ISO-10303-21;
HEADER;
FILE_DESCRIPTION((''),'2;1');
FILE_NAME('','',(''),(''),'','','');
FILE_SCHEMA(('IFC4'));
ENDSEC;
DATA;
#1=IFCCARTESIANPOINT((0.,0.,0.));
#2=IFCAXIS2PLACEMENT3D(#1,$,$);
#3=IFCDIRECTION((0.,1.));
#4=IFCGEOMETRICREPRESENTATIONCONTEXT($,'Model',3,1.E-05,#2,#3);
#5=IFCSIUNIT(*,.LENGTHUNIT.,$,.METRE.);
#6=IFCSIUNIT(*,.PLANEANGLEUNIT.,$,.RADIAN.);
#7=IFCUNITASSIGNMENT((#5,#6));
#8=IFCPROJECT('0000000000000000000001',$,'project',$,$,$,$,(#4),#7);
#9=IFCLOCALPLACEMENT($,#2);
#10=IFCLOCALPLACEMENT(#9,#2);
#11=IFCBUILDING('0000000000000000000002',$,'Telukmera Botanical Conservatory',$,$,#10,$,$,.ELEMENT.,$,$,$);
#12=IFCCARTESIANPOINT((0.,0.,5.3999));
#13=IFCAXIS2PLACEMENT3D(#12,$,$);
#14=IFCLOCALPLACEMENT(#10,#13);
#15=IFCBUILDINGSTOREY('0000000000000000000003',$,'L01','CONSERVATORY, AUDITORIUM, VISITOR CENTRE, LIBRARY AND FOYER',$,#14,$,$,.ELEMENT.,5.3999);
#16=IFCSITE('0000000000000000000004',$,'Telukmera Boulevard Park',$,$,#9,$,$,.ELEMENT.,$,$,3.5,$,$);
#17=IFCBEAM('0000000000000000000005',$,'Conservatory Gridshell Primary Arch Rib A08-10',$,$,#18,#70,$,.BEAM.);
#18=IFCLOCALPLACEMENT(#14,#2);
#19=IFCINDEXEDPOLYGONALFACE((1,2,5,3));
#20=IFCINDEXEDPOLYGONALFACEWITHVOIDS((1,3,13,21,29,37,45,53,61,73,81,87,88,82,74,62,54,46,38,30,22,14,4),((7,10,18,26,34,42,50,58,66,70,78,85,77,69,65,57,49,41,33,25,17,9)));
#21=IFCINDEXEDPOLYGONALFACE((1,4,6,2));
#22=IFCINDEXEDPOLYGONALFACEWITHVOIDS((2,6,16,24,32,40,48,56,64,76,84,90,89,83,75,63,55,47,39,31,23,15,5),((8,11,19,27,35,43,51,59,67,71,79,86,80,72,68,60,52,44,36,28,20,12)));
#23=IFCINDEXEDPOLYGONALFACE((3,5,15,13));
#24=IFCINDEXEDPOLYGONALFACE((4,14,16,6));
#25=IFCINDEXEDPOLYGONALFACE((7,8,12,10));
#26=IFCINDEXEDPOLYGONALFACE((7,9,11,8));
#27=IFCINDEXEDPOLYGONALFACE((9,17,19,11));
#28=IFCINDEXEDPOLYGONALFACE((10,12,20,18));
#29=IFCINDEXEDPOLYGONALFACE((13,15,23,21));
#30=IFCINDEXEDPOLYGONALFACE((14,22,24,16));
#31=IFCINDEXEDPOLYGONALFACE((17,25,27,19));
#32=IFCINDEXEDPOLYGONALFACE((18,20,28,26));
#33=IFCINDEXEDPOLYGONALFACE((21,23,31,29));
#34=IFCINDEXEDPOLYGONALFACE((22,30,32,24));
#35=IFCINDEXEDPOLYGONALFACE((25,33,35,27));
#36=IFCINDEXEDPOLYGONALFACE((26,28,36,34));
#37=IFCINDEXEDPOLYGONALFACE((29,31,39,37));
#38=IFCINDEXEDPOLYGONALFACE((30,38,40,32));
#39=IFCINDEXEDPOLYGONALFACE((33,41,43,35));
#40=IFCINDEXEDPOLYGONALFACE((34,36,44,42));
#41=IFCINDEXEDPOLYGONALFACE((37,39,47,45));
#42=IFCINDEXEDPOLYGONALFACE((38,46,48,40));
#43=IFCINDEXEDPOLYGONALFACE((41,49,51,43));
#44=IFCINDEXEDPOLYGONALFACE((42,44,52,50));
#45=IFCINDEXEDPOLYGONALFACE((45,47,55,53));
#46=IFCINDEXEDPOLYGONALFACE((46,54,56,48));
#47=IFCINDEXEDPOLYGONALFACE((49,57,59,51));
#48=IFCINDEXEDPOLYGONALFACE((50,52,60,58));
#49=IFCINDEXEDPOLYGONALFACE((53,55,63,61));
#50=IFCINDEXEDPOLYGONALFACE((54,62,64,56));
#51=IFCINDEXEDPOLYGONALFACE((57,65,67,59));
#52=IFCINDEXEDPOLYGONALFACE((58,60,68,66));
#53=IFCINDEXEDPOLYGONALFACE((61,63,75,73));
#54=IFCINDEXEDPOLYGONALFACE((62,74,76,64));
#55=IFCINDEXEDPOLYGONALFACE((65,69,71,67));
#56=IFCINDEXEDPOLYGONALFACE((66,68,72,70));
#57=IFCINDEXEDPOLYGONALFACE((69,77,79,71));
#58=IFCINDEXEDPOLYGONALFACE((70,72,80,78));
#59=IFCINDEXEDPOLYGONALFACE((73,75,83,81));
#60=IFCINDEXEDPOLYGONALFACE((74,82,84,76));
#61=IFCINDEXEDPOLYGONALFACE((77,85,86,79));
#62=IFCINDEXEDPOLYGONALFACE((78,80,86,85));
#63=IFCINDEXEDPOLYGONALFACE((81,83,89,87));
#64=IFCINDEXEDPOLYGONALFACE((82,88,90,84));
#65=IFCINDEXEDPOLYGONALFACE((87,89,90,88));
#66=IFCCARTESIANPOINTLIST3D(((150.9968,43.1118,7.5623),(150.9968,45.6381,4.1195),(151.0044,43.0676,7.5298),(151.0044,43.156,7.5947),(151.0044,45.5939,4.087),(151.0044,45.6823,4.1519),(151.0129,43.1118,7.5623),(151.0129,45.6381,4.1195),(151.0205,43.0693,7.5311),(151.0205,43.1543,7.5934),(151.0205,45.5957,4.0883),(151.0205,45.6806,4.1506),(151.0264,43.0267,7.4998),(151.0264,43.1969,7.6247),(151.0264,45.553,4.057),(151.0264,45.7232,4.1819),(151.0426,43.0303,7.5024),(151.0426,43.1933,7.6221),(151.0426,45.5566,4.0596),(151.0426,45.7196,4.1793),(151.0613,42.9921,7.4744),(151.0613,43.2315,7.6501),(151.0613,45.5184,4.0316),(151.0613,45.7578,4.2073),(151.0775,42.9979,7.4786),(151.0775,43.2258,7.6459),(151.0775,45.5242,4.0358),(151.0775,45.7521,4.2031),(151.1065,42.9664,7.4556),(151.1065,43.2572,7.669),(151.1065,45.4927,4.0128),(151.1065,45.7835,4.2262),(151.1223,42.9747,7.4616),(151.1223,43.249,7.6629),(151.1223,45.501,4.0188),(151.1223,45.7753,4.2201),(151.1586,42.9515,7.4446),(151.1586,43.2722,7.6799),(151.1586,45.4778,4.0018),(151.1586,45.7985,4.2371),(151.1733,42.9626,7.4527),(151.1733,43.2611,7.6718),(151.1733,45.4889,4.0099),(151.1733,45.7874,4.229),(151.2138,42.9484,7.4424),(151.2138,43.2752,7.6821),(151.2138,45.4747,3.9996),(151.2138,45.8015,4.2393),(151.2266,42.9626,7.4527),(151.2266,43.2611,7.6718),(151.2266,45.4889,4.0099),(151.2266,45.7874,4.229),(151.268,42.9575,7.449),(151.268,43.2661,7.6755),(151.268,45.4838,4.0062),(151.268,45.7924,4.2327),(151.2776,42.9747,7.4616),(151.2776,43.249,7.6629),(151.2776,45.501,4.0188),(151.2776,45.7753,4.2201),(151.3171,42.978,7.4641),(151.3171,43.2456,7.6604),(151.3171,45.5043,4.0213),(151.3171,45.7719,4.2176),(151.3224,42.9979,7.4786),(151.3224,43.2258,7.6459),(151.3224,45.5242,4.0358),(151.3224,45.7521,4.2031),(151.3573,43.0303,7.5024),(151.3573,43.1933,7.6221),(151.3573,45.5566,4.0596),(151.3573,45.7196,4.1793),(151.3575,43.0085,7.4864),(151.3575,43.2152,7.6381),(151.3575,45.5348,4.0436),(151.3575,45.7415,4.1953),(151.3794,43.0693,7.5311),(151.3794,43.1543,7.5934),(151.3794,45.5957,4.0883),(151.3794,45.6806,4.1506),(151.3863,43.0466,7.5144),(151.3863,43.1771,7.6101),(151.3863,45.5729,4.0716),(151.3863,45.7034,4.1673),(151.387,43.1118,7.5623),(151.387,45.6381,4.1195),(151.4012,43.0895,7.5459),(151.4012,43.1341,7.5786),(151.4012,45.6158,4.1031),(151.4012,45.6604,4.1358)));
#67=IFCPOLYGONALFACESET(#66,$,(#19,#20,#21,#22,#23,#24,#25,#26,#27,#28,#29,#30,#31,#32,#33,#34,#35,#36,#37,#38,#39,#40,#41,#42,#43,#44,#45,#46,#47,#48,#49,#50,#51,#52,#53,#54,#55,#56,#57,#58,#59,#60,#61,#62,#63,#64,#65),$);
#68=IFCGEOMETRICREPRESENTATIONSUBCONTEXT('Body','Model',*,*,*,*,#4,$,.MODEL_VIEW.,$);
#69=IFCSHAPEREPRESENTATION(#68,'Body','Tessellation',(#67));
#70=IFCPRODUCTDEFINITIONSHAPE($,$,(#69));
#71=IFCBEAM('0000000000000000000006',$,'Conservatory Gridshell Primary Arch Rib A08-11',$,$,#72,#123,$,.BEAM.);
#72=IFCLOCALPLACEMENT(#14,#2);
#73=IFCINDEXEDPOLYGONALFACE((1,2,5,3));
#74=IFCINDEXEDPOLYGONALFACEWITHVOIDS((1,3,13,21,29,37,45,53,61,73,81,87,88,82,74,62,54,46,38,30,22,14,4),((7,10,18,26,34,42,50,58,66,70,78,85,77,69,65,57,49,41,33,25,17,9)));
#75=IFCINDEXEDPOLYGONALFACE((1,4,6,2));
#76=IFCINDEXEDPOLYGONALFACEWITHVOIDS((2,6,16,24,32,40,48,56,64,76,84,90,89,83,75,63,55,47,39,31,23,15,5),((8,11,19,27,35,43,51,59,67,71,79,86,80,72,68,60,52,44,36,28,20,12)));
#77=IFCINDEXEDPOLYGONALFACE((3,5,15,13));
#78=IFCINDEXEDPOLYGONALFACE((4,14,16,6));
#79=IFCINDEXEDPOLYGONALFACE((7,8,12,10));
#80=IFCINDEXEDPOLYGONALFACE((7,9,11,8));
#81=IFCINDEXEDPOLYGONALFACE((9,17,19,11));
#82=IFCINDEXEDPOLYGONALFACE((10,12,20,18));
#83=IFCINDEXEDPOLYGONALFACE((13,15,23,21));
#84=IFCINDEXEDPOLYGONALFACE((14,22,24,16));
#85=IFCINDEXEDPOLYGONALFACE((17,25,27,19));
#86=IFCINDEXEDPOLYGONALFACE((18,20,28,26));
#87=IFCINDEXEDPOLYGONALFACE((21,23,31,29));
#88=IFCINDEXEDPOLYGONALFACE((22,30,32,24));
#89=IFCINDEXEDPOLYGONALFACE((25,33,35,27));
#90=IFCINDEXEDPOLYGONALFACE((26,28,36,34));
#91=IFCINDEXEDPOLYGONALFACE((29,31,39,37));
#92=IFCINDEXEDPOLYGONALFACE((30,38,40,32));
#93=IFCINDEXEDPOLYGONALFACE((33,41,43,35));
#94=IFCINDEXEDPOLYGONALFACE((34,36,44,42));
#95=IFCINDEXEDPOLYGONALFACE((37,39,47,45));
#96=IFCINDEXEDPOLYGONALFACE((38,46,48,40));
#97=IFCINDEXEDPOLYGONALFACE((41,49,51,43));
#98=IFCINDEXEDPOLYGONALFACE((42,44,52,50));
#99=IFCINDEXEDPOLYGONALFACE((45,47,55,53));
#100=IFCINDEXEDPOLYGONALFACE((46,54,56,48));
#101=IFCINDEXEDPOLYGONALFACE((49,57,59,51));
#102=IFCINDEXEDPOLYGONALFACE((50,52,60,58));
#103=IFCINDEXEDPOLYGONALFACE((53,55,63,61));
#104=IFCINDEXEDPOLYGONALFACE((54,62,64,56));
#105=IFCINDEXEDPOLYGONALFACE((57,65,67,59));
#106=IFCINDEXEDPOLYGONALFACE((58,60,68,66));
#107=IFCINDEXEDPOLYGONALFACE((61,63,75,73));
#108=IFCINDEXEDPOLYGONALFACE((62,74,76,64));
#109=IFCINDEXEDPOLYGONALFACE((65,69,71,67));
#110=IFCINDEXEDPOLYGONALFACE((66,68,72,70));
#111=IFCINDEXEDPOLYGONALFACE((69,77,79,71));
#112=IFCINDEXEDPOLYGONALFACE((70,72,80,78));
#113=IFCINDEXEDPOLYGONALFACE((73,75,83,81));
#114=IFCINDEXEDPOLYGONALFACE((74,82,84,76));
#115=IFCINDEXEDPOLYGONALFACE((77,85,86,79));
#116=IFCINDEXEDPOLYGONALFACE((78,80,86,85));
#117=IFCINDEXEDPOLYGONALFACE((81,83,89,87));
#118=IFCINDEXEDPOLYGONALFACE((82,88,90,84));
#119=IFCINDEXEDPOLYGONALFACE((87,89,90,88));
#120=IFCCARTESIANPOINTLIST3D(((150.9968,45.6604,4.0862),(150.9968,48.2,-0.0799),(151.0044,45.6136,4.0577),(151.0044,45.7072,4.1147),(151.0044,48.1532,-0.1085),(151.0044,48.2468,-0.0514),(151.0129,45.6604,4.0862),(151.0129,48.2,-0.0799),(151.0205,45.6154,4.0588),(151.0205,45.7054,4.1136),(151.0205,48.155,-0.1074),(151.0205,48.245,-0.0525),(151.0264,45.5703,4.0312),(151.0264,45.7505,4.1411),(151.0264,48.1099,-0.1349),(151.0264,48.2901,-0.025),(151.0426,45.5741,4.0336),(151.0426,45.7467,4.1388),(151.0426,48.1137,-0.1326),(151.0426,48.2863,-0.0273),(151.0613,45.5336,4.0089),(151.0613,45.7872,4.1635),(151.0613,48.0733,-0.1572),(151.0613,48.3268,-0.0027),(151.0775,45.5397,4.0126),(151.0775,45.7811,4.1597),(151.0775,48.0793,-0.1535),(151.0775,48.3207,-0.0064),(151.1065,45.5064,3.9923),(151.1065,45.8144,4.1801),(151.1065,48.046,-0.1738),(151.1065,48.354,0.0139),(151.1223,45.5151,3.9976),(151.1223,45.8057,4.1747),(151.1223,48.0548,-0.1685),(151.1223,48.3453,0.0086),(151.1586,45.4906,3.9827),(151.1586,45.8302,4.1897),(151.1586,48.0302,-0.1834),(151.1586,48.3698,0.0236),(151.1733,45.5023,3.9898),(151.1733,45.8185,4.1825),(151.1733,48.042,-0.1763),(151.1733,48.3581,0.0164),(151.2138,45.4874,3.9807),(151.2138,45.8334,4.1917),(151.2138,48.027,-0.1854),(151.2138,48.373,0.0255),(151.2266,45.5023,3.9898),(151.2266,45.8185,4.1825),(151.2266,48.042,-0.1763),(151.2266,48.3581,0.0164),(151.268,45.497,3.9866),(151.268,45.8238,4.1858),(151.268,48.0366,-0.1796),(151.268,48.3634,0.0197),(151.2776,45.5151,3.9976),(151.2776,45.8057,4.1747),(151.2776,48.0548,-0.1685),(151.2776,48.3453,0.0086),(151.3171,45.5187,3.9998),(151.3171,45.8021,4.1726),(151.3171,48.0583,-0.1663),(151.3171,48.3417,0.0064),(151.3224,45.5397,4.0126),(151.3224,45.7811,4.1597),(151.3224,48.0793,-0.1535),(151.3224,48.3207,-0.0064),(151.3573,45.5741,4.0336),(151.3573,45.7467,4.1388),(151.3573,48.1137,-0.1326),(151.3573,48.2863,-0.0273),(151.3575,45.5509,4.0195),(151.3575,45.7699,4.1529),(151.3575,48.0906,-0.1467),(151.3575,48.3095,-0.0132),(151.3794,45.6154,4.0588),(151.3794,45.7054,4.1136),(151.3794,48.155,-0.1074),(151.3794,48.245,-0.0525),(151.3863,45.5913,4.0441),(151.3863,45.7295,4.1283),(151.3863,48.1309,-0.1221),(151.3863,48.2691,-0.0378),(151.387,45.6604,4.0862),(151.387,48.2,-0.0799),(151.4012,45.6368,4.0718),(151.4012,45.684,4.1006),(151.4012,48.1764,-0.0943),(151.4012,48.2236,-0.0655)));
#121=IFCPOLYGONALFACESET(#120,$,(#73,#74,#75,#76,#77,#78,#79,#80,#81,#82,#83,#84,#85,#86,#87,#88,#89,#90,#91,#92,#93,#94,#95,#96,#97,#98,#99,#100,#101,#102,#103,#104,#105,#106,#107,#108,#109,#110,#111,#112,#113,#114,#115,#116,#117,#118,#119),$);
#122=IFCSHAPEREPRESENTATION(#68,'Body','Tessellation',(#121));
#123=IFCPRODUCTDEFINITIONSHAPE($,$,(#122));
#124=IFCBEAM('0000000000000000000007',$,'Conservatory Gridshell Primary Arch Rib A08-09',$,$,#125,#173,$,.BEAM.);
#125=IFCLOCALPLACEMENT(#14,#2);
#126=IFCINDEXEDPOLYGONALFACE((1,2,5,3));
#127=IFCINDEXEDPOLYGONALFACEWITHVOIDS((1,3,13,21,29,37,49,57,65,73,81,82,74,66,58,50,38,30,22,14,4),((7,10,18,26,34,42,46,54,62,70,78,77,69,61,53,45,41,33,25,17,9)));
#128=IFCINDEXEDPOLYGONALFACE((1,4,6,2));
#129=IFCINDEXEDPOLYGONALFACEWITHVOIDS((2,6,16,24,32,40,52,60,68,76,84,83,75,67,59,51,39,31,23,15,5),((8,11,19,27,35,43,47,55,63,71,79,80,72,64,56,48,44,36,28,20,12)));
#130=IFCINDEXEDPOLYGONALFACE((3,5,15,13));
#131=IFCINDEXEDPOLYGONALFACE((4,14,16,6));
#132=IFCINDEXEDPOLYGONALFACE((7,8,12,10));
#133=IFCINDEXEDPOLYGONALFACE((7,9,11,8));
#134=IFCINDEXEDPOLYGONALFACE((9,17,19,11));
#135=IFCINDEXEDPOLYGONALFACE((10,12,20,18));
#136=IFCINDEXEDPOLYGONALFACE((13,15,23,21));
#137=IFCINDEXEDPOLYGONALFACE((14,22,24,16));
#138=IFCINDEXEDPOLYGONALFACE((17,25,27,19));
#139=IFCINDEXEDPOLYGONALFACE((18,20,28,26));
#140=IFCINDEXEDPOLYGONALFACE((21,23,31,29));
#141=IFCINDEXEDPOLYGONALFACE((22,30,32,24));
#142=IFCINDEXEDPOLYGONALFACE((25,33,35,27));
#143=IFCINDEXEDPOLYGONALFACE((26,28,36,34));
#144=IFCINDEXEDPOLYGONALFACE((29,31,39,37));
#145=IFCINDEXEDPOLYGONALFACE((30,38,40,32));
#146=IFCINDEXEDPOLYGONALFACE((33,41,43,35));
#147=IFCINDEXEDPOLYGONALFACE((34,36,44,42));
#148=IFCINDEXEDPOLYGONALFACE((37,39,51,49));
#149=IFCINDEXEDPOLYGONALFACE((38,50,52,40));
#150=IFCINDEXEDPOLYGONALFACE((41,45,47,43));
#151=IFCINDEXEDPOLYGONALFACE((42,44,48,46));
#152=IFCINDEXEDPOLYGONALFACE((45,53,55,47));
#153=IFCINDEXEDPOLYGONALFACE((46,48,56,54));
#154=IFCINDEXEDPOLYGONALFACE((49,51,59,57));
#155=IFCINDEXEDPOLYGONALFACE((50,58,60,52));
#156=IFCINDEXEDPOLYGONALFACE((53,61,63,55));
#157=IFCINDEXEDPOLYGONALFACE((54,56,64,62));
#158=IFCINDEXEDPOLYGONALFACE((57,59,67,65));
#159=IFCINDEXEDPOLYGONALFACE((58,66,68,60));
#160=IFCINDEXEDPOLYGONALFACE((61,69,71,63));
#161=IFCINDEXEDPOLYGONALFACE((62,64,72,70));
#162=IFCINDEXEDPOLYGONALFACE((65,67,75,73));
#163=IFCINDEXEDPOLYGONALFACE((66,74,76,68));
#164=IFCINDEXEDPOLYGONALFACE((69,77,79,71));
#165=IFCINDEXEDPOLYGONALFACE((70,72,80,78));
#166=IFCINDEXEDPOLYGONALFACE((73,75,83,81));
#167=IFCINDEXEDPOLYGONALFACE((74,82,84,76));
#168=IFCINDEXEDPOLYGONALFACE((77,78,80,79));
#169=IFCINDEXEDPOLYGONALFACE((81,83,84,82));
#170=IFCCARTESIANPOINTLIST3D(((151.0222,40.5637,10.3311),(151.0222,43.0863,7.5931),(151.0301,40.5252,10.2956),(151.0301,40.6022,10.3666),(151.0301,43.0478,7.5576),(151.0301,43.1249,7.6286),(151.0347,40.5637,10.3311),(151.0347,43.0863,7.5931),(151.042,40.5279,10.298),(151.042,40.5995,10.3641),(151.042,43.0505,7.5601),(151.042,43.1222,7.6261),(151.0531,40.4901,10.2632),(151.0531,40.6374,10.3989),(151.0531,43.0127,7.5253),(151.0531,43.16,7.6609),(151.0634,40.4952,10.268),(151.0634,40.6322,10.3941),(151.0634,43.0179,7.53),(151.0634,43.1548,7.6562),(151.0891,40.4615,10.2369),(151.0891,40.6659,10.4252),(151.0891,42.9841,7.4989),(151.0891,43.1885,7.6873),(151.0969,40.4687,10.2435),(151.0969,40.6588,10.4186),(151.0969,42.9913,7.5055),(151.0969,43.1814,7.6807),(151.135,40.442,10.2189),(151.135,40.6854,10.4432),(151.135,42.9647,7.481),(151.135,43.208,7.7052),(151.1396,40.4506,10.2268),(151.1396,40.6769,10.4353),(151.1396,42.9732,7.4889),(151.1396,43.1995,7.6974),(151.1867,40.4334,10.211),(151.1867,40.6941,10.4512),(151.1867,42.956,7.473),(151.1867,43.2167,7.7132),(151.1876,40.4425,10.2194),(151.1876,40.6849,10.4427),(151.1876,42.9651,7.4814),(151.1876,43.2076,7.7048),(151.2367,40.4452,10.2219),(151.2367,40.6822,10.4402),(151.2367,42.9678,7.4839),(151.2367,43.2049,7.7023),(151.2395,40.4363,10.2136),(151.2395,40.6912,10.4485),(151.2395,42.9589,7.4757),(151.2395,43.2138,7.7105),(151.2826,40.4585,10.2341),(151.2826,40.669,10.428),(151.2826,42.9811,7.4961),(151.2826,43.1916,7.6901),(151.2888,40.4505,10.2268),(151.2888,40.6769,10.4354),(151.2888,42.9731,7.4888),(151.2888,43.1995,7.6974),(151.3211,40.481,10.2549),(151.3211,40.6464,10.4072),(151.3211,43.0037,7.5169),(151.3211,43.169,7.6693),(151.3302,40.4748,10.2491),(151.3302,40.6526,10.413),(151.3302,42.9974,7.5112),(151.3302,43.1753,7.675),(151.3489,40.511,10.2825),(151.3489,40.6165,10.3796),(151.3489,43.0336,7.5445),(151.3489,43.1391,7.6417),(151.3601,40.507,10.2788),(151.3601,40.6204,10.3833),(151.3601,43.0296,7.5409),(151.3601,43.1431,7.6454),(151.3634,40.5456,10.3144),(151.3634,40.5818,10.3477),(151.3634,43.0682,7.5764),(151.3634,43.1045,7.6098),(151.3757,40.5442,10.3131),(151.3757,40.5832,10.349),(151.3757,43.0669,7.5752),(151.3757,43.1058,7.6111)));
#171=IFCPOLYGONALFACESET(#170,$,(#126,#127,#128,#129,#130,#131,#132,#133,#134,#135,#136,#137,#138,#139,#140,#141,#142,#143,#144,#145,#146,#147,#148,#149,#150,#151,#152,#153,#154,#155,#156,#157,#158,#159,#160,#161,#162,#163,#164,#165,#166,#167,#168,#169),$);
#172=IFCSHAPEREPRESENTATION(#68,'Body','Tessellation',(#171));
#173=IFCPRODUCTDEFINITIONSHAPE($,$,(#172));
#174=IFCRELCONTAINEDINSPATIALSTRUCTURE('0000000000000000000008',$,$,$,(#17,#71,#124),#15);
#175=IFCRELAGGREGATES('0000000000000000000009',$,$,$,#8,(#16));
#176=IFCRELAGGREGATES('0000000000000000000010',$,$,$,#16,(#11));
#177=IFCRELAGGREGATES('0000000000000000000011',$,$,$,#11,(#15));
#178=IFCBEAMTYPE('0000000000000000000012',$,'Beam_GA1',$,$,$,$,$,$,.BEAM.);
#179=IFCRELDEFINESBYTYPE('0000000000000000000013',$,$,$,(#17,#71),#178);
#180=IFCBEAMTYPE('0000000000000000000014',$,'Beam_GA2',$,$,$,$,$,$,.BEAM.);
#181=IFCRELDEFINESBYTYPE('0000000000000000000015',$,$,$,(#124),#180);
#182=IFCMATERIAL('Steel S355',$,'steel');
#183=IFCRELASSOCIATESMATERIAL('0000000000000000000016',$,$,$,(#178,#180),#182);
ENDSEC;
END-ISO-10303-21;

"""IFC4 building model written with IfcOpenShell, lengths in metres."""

from ifc_helpers import new_model, si_unit, direction, frame, origin, origin_2d, place, context, subcontext, project, spatial, hollow_circle, extrude, material, material_profile, profile_set, type_object, element, save


model = new_model("IFC4")

# Units and contexts
model_context = context("Model", 3, precision=1e-05, world=origin(), true_north=direction((0.0, 1.0)))
body_context = subcontext(model_context, "Body", "Model", "MODEL_VIEW")
ifc_project = project(units=[si_unit("LENGTHUNIT", "METRE"), si_unit("PLANEANGLEUNIT", "RADIAN")], contexts=[model_context])

# Site, building, storey
site_placement = place(None, origin())
site = spatial("IfcSite", under=ifc_project, at=site_placement, Name="Telukmera Boulevard Park", CompositionType="ELEMENT", RefElevation=3.5)
building_placement = place(site_placement, origin())
building = spatial("IfcBuilding", under=site, at=building_placement, Name="Telukmera Botanical Conservatory", CompositionType="ELEMENT")
storey_placement = place(building_placement, frame((0.0, 0.0, 5.3999)))
storey = spatial("IfcBuildingStorey", under=building, at=storey_placement, Name="L01", Description="CONSERVATORY, AUDITORIUM, VISITOR CENTRE, LIBRARY AND FOYER", CompositionType="ELEMENT", Elevation=5.3999)

# Beams
ifc_material_1 = material(Name="Steel S355", Category="steel")
ifc_material_profile_1 = material_profile(ifc_material_1, hollow_circle(Radius=0.2031, WallThickness=0.0161, at=origin_2d()), Name="CHS 406.4x16.0")
ifc_profile_set_1 = profile_set([ifc_material_profile_1], Name="Steel S355")
beam_type_1 = type_object("IfcBeamType", Name="Beam_GA1", PredefinedType="BEAM", material=ifc_profile_set_1)
beam_1_placement = place(storey_placement, frame((151.2, 43.1118, 7.5623), z_axis=(0.0, 0.591607, -0.806227), x_axis=(-1.0, 0.0, 0.0)))
element("IfcBeam", 1, at=beam_1_placement, inside=storey, type_object=beam_type_1, Name="Conservatory Gridshell Primary Arch Rib A08-10", PredefinedType="BEAM", context=body_context, shape_type="SweptSolid", body=[
    extrude(hollow_circle(Radius=0.2031, WallThickness=0.0161, at=origin_2d()), origin(), (0.0, 0.0, 1.0), 4.2703),
])
beam_2_placement = place(storey_placement, frame((151.2, 45.6604, 4.0862), z_axis=(0.0, 0.520502, -0.85386), x_axis=(-1.0, 0.0, 0.0)))
element("IfcBeam", 2, at=beam_2_placement, inside=storey, type_object=beam_type_1, Name="Conservatory Gridshell Primary Arch Rib A08-11", PredefinedType="BEAM", context=body_context, shape_type="SweptSolid", body=[
    extrude(hollow_circle(Radius=0.2031, WallThickness=0.0161, at=origin_2d()), origin(), (0.0, 0.0, 1.0), 4.8792),
])
ifc_material_profile_2 = material_profile(ifc_material_1, hollow_circle(Radius=0.1777, WallThickness=0.0125, at=origin_2d()), Name="CHS 355.6x12.5")
ifc_profile_set_2 = profile_set([ifc_material_profile_2], Name="Steel S355")
beam_type_2 = type_object("IfcBeamType", Name="Beam_GA2", PredefinedType="BEAM", material=ifc_profile_set_2)
beam_3_placement = place(storey_placement, frame((151.2, 40.5637, 10.3311), z_axis=(0.0, 0.677596, -0.735434), x_axis=(-1.0, 0.0, 0.0)))
element("IfcBeam", 3, at=beam_3_placement, inside=storey, type_object=beam_type_2, Name="Conservatory Gridshell Primary Arch Rib A08-09", PredefinedType="BEAM", context=body_context, shape_type="SweptSolid", body=[
    extrude(hollow_circle(Radius=0.1777, WallThickness=0.0125, at=origin_2d()), origin(), (0.0, 0.0, 1.0), 3.7229),
])

save(model, "model.ifc")
